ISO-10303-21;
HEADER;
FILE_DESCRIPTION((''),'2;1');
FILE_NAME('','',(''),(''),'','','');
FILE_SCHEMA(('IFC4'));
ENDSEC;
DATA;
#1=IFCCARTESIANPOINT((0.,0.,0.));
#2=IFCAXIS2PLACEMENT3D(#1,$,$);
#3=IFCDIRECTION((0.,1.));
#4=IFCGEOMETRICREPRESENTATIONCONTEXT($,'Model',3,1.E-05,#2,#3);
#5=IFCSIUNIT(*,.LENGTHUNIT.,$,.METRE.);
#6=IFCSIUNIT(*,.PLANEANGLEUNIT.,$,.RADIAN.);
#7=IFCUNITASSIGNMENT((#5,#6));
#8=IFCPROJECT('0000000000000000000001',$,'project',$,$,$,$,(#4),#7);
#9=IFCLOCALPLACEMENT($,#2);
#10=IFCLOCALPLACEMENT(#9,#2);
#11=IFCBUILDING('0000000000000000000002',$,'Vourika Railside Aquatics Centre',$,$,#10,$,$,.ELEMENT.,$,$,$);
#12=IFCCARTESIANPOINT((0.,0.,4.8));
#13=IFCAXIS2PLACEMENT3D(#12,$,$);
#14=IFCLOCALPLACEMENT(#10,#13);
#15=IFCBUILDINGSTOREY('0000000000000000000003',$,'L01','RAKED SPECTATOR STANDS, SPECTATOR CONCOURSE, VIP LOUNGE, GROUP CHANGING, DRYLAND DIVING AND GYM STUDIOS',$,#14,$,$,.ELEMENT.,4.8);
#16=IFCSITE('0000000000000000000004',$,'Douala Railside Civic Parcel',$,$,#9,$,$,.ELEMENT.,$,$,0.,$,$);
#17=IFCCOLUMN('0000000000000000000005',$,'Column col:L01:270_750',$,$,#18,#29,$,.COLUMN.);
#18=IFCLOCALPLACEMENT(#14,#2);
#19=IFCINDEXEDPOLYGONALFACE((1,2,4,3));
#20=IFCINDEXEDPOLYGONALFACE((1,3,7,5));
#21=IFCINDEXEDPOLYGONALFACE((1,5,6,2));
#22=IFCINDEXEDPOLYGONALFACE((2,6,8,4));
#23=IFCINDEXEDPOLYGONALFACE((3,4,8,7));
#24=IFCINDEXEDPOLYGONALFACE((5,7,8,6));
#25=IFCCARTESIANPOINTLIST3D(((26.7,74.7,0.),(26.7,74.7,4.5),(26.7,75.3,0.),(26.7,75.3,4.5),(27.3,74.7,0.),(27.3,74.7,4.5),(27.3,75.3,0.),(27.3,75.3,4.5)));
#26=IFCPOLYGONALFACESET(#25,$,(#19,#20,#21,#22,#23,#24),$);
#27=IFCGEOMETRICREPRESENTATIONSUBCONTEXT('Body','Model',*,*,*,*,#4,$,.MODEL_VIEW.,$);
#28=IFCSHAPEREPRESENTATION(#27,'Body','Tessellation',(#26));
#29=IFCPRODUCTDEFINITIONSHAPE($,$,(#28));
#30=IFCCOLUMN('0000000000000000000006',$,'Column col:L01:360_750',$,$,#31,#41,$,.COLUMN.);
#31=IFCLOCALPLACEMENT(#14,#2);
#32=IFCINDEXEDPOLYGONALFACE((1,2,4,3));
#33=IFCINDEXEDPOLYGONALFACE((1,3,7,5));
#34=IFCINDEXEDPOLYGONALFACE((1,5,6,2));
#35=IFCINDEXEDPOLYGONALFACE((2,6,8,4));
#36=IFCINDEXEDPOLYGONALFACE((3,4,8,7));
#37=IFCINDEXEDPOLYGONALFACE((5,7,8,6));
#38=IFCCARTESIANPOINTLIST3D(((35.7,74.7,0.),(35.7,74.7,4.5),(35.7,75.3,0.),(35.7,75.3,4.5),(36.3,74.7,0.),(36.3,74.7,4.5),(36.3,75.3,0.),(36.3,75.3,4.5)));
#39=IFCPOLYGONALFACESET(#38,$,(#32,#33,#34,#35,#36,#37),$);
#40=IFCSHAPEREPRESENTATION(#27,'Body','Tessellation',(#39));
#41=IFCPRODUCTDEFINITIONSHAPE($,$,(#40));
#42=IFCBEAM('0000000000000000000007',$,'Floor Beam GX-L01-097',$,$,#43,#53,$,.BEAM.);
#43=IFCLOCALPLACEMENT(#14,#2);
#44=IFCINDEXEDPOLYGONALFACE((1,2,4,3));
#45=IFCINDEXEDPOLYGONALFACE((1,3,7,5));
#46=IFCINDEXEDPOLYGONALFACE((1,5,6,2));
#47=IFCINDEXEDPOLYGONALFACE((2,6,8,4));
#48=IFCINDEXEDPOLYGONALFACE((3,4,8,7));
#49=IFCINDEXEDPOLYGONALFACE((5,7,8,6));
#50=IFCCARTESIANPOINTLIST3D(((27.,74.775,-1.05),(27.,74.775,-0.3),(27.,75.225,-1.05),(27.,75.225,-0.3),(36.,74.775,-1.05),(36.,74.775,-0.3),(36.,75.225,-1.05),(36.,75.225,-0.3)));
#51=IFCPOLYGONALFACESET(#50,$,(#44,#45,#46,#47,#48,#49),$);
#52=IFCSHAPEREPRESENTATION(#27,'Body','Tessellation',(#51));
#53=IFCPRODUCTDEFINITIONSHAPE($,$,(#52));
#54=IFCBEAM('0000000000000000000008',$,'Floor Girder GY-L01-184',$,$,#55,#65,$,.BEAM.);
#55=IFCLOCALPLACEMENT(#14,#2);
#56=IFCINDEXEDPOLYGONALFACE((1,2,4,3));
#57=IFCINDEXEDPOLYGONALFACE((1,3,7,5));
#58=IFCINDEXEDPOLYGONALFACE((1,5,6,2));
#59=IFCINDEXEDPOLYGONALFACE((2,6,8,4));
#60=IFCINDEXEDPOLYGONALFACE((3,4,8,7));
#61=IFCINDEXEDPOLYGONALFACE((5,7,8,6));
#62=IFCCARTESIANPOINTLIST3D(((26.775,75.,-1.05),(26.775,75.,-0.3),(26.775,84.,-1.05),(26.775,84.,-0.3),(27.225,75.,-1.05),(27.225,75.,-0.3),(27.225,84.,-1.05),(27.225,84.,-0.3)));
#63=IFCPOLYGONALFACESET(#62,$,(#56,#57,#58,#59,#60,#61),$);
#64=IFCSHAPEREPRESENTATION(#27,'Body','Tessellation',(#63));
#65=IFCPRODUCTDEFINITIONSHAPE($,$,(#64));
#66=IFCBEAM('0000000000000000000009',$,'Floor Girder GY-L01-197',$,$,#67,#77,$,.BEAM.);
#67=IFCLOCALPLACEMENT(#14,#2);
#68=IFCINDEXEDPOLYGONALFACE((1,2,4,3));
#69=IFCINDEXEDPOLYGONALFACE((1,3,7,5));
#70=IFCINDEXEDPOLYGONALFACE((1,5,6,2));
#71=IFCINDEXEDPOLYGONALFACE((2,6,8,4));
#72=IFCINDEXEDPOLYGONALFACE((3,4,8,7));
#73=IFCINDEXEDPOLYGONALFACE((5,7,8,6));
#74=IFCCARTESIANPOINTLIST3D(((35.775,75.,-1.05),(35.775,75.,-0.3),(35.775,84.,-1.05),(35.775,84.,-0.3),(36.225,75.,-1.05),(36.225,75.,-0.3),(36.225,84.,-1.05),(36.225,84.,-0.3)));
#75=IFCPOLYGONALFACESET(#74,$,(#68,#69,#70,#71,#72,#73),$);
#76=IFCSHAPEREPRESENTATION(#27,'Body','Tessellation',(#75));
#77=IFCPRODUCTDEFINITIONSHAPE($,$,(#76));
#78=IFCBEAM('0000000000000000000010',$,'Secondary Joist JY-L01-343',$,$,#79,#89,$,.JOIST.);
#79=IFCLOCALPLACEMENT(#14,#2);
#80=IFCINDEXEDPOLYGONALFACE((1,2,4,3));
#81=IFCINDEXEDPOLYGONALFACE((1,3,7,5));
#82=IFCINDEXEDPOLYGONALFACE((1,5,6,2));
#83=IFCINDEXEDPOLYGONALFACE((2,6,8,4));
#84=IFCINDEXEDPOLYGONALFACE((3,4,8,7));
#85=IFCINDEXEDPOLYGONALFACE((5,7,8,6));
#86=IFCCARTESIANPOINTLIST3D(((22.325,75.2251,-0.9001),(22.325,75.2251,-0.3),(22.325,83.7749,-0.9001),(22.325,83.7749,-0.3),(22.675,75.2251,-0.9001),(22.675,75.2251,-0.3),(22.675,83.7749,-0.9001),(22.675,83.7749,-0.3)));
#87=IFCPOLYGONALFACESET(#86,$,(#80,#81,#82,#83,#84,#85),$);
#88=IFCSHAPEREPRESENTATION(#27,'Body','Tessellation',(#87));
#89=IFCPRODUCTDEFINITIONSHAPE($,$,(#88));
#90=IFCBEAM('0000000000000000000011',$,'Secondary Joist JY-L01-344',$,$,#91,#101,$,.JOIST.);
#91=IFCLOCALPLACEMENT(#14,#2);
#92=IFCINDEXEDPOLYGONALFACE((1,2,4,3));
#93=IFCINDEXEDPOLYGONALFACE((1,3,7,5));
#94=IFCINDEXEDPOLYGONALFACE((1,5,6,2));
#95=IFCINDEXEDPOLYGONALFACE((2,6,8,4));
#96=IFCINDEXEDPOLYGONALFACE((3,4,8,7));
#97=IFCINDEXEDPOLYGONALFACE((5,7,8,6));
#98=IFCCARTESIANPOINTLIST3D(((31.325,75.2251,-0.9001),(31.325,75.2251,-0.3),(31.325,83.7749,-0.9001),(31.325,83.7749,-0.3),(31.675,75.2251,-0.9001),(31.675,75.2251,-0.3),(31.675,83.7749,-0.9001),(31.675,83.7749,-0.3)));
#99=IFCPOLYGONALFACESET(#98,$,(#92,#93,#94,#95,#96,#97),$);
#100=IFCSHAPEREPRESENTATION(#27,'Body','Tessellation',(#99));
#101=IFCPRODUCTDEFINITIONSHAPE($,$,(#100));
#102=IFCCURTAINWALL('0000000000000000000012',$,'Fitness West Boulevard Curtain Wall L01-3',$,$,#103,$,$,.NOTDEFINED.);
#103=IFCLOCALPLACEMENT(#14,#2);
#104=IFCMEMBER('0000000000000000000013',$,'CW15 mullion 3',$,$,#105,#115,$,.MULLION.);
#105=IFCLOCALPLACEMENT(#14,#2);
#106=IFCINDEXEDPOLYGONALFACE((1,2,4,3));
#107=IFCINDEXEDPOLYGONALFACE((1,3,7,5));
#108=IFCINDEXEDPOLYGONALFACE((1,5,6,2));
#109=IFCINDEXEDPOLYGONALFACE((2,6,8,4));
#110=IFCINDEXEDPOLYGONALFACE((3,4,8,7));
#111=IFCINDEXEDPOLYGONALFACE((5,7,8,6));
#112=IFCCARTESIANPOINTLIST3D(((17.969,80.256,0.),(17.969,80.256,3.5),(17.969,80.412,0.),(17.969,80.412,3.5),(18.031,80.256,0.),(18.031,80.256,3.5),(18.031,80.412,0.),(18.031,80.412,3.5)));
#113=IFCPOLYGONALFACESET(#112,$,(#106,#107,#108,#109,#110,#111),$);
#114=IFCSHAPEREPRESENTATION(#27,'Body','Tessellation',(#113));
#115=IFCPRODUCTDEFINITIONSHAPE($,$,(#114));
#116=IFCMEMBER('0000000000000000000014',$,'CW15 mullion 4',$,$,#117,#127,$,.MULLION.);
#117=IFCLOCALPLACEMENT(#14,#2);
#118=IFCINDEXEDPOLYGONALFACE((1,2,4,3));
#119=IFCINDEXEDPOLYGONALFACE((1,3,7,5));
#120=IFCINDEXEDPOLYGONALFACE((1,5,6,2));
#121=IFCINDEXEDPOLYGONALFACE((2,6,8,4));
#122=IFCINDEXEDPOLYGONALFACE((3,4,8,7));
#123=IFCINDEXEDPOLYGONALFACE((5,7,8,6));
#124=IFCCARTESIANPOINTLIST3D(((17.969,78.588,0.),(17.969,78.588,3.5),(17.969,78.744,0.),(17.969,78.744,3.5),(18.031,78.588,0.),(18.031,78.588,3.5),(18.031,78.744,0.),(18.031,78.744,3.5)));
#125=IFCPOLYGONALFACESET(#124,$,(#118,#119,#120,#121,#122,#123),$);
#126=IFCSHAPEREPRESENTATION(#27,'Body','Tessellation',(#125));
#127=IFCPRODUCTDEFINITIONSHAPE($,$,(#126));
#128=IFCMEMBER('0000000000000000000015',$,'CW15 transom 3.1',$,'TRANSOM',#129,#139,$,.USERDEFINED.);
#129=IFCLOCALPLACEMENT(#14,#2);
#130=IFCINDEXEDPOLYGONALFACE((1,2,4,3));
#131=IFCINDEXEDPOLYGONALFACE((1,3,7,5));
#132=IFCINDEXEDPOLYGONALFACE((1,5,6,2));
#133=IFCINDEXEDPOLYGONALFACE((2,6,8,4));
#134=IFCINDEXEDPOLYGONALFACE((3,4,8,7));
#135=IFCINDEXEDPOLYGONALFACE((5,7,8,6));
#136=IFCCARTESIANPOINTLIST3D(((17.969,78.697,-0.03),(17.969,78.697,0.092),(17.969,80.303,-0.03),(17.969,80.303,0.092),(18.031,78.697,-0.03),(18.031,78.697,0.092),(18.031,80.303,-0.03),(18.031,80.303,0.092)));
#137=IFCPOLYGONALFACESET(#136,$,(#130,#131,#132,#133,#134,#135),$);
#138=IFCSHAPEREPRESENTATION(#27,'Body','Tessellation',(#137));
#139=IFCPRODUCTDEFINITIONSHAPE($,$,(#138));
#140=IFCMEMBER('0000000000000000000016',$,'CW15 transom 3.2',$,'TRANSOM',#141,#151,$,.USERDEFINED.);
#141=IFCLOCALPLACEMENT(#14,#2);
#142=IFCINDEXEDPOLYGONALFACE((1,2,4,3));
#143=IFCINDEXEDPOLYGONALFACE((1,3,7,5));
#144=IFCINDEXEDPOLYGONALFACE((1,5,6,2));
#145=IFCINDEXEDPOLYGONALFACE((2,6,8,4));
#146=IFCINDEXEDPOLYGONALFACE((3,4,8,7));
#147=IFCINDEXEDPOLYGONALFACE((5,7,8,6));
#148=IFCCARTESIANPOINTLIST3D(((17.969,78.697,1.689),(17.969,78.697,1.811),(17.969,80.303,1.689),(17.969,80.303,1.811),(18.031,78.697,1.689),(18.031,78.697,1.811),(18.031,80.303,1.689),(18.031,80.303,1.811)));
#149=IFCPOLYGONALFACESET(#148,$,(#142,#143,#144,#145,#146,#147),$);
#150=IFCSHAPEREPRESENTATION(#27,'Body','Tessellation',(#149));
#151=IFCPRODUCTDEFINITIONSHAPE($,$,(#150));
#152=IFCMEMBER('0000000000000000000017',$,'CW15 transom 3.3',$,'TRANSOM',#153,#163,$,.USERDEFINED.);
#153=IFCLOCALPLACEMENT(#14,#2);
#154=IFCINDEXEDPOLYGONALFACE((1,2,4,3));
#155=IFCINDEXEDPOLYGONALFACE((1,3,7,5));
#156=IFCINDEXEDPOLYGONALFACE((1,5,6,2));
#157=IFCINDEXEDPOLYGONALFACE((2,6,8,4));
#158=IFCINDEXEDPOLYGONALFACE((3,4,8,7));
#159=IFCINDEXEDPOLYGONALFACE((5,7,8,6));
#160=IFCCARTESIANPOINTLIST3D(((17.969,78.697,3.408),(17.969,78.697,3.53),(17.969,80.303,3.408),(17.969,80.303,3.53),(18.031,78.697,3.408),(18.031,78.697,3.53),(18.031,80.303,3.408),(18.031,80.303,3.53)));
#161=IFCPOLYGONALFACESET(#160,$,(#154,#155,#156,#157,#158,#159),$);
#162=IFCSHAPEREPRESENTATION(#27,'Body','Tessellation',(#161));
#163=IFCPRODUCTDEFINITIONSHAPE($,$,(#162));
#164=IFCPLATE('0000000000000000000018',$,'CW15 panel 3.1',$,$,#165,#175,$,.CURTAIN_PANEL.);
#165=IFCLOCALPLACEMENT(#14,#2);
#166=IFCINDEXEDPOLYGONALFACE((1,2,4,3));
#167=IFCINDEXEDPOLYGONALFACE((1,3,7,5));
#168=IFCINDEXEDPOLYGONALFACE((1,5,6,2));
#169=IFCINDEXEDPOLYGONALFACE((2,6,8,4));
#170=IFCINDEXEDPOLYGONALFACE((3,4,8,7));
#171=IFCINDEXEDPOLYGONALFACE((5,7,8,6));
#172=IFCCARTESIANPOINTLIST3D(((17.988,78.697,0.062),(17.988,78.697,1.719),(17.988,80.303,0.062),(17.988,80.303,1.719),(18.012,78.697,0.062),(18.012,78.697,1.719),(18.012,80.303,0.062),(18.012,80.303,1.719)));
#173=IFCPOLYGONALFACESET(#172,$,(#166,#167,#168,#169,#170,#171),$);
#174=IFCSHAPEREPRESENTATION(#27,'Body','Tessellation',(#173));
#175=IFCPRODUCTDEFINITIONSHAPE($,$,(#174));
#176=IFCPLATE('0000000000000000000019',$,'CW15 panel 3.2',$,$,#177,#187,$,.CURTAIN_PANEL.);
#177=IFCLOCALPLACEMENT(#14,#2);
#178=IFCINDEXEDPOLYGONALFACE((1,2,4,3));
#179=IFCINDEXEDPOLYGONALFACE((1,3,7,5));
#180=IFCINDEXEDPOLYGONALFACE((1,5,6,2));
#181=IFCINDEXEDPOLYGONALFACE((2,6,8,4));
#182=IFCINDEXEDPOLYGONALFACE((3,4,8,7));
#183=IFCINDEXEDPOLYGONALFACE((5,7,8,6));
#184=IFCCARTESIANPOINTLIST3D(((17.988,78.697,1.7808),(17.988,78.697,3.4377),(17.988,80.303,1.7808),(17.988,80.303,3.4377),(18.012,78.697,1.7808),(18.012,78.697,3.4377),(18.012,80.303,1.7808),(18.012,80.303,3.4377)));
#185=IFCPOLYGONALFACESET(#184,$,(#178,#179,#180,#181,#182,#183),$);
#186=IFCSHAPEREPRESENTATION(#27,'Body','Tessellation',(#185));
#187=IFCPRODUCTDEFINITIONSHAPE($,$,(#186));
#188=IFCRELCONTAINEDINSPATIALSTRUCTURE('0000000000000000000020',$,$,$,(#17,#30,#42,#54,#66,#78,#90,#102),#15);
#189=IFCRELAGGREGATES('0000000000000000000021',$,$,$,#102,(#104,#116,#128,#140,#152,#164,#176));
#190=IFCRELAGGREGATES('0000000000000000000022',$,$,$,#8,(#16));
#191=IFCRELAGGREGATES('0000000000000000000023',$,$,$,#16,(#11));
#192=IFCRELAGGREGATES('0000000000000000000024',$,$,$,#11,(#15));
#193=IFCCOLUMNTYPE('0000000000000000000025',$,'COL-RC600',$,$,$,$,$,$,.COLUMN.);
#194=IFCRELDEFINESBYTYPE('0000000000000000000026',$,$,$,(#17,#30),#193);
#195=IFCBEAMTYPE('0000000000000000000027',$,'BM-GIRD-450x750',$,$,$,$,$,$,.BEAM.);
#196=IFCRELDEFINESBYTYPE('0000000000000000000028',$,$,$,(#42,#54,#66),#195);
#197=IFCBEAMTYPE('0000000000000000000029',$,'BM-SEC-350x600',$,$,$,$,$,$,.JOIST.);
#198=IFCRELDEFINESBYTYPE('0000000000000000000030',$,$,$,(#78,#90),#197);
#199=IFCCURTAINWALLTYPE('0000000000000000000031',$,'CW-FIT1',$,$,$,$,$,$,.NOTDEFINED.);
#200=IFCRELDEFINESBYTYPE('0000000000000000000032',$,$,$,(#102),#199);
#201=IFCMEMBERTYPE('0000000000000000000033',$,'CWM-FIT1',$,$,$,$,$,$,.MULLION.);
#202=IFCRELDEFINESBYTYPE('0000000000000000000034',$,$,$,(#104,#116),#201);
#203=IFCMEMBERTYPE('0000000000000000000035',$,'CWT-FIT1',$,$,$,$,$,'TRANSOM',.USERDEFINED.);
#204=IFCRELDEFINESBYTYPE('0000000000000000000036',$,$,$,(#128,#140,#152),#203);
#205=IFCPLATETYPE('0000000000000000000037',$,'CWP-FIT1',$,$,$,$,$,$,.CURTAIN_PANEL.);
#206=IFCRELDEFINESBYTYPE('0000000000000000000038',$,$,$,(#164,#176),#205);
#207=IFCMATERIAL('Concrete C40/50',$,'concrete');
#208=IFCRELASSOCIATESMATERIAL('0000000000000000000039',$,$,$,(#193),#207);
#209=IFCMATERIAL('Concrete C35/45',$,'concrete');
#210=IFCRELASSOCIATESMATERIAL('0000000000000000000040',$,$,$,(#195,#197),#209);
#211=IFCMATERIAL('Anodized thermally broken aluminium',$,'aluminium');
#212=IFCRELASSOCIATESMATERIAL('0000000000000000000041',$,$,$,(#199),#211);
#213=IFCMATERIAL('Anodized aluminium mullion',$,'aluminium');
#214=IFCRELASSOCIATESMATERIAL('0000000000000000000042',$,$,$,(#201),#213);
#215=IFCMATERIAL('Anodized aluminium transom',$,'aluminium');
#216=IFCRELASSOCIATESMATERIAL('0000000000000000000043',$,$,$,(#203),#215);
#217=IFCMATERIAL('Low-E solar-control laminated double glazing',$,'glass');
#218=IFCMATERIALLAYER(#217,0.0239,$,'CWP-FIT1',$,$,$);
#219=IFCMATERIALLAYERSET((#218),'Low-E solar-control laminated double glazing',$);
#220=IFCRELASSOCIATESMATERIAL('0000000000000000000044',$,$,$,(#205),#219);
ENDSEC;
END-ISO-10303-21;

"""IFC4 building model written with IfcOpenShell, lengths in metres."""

from ifc_helpers import new_model, si_unit, direction, frame, origin, origin_2d, place, context, subcontext, project, spatial, rectangle, extrude, material, layer, layer_set, material_profile, profile_set, type_object, element, aggregate, save


model = new_model("IFC4")

# Units and contexts
model_context = context("Model", 3, precision=1e-05, world=origin(), true_north=direction((0.0, 1.0)))
body_context = subcontext(model_context, "Body", "Model", "MODEL_VIEW")
ifc_project = project(units=[si_unit("LENGTHUNIT", "METRE"), si_unit("PLANEANGLEUNIT", "RADIAN")], contexts=[model_context])

# Site, building, storey
site_placement = place(None, origin())
site = spatial("IfcSite", under=ifc_project, at=site_placement, Name="Douala Railside Civic Parcel", CompositionType="ELEMENT", RefElevation=0.0)
building_placement = place(site_placement, origin())
building = spatial("IfcBuilding", under=site, at=building_placement, Name="Vourika Railside Aquatics Centre", CompositionType="ELEMENT")
storey_placement = place(building_placement, frame((0.0, 0.0, 4.8)))
storey = spatial("IfcBuildingStorey", under=building, at=storey_placement, Name="L01", Description="RAKED SPECTATOR STANDS, SPECTATOR CONCOURSE, VIP LOUNGE, GROUP CHANGING, DRYLAND DIVING AND GYM STUDIOS", CompositionType="ELEMENT", Elevation=4.8)

# Columns
ifc_material_1 = material(Name="Concrete C40/50", Category="concrete")
ifc_material_profile_1 = material_profile(ifc_material_1, rectangle(XDim=0.6001, YDim=0.6001, at=origin_2d()), Name="RC 600x600")
ifc_profile_set_1 = profile_set([ifc_material_profile_1], Name="Concrete C40/50")
column_type = type_object("IfcColumnType", Name="COL-RC600", PredefinedType="COLUMN", material=ifc_profile_set_1)
for number, where, z_axis, x_axis, name in (
    (1, (27.0, 75.0, 0.0), (0.0, 0.0, 1.0), (1.0, 0.0, 0.0), "Column col:L01:270_750"),
    (2, (36.0, 75.0, 0.0), (0.0, 0.0, 1.0), (1.0, 0.0, 0.0), "Column col:L01:360_750"),
):
    element("IfcColumn", number, at=place(storey_placement, frame(where, z_axis=z_axis, x_axis=x_axis)), inside=storey, type_object=column_type, Name=name, PredefinedType="COLUMN", context=body_context, shape_type="SweptSolid", body=[
        extrude(rectangle(XDim=0.6001, YDim=0.6001, at=origin_2d()), origin(), (0.0, 0.0, 1.0), 4.5),
    ])

# Beams
ifc_material_2 = material(Name="Concrete C35/45", Category="concrete")
ifc_material_profile_2 = material_profile(ifc_material_2, rectangle(XDim=0.45, YDim=0.75, at=origin_2d()), Name="RC 450x750")
ifc_profile_set_2 = profile_set([ifc_material_profile_2], Name="Concrete C35/45")
beam_type_1 = type_object("IfcBeamType", Name="BM-GIRD-450x750", PredefinedType="BEAM", material=ifc_profile_set_2)
for number, where, z_axis, x_axis, name in (
    (3, (27.0, 75.0, -0.675), (1.0, 0.0, 0.0), (0.0, 1.0, 0.0), "Floor Beam GX-L01-097"),
    (4, (27.0, 75.0, -0.675), (0.0, 1.0, 0.0), (-1.0, 0.0, 0.0), "Floor Girder GY-L01-184"),
    (5, (36.0, 75.0, -0.675), (0.0, 1.0, 0.0), (-1.0, 0.0, 0.0), "Floor Girder GY-L01-197"),
):
    element("IfcBeam", number, at=place(storey_placement, frame(where, z_axis=z_axis, x_axis=x_axis)), inside=storey, type_object=beam_type_1, Name=name, PredefinedType="BEAM", context=body_context, shape_type="SweptSolid", body=[
        extrude(rectangle(XDim=0.45, YDim=0.75, at=origin_2d()), origin(), (0.0, 0.0, 1.0), 9.0),
    ])
ifc_material_profile_3 = material_profile(ifc_material_2, rectangle(XDim=0.3501, YDim=0.6001, at=origin_2d()), Name="RC 350x600")
ifc_profile_set_3 = profile_set([ifc_material_profile_3], Name="Concrete C35/45")
beam_type_2 = type_object("IfcBeamType", Name="BM-SEC-350x600", PredefinedType="JOIST", material=ifc_profile_set_3)
for number, where, z_axis, x_axis, name in (
    (6, (22.5, 75.2251, -0.6001), (0.0, 1.0, 0.0), (-1.0, 0.0, 0.0), "Secondary Joist JY-L01-343"),
    (7, (31.5, 75.2251, -0.6001), (0.0, 1.0, 0.0), (-1.0, 0.0, 0.0), "Secondary Joist JY-L01-344"),
):
    element("IfcBeam", number, at=place(storey_placement, frame(where, z_axis=z_axis, x_axis=x_axis)), inside=storey, type_object=beam_type_2, Name=name, PredefinedType="JOIST", context=body_context, shape_type="SweptSolid", body=[
        extrude(rectangle(XDim=0.3501, YDim=0.6001, at=origin_2d()), origin(), (0.0, 0.0, 1.0), 8.5498),
    ])

# Curtain wall, members, plates
ifc_material_3 = material(Name="Anodized thermally broken aluminium", Category="aluminium")
curtain_wall_type = type_object("IfcCurtainWallType", Name="CW-FIT1", PredefinedType="NOTDEFINED", material=ifc_material_3)
curtain_wall_placement = place(storey_placement, origin())
curtain_wall = element("IfcCurtainWall", 8, at=curtain_wall_placement, inside=storey, type_object=curtain_wall_type, Name="Fitness West Boulevard Curtain Wall L01-3", PredefinedType="NOTDEFINED")
ifc_material_4 = material(Name="Anodized aluminium mullion", Category="aluminium")
ifc_material_profile_4 = material_profile(ifc_material_4, rectangle(XDim=0.062, YDim=0.156, at=origin_2d()), Name="ALU-M 62x156")
ifc_profile_set_4 = profile_set([ifc_material_profile_4], Name="Anodized aluminium mullion")
member_type_1 = type_object("IfcMemberType", Name="CWM-FIT1", PredefinedType="MULLION", material=ifc_profile_set_4)
member_1_placement = place(storey_placement, frame((18.0, 80.334, 0.0), z_axis=(0.0, 0.0, 1.0), x_axis=(1.0, 0.0, 0.0)))
member_1 = element("IfcMember", 9, at=member_1_placement, type_object=member_type_1, Name="CW15 mullion 3", PredefinedType="MULLION", context=body_context, shape_type="SweptSolid", body=[
    extrude(rectangle(XDim=0.062, YDim=0.156, at=origin_2d()), origin(), (0.0, 0.0, 1.0), 3.5),
])
member_2_placement = place(storey_placement, frame((18.0, 78.666, 0.0), z_axis=(0.0, 0.0, 1.0), x_axis=(1.0, 0.0, 0.0)))
member_2 = element("IfcMember", 10, at=member_2_placement, type_object=member_type_1, Name="CW15 mullion 4", PredefinedType="MULLION", context=body_context, shape_type="SweptSolid", body=[
    extrude(rectangle(XDim=0.062, YDim=0.156, at=origin_2d()), origin(), (0.0, 0.0, 1.0), 3.5),
])
ifc_material_5 = material(Name="Anodized aluminium transom", Category="aluminium")
ifc_material_profile_5 = material_profile(ifc_material_5, rectangle(XDim=0.062, YDim=0.1221, at=origin_2d()), Name="ALU-T 62x122")
ifc_profile_set_5 = profile_set([ifc_material_profile_5], Name="Anodized aluminium transom")
member_type_2 = type_object("IfcMemberType", Name="CWT-FIT1", ElementType="TRANSOM", PredefinedType="USERDEFINED", material=ifc_profile_set_5)
member_3_placement = place(storey_placement, frame((18.0, 80.303, 0.031), z_axis=(0.0, -1.0, 0.0), x_axis=(1.0, 0.0, 0.0)))
member_3 = element("IfcMember", 11, at=member_3_placement, type_object=member_type_2, Name="CW15 transom 3.1", ObjectType="TRANSOM", PredefinedType="USERDEFINED", context=body_context, shape_type="SweptSolid", body=[
    extrude(rectangle(XDim=0.062, YDim=0.1221, at=origin_2d()), origin(), (0.0, 0.0, 1.0), 1.606),
])
member_4_placement = place(storey_placement, frame((18.0, 80.303, 1.75), z_axis=(0.0, -1.0, 0.0), x_axis=(1.0, 0.0, 0.0)))
member_4 = element("IfcMember", 12, at=member_4_placement, type_object=member_type_2, Name="CW15 transom 3.2", ObjectType="TRANSOM", PredefinedType="USERDEFINED", context=body_context, shape_type="SweptSolid", body=[
    extrude(rectangle(XDim=0.062, YDim=0.1221, at=origin_2d()), origin(), (0.0, 0.0, 1.0), 1.606),
])
member_5_placement = place(storey_placement, frame((18.0, 80.303, 3.469), z_axis=(0.0, -1.0, 0.0), x_axis=(1.0, 0.0, 0.0)))
member_5 = element("IfcMember", 13, at=member_5_placement, type_object=member_type_2, Name="CW15 transom 3.3", ObjectType="TRANSOM", PredefinedType="USERDEFINED", context=body_context, shape_type="SweptSolid", body=[
    extrude(rectangle(XDim=0.062, YDim=0.1221, at=origin_2d()), origin(), (0.0, 0.0, 1.0), 1.606),
])
ifc_material_6 = material(Name="Low-E solar-control laminated double glazing", Category="glass")
ifc_layer_1 = layer(ifc_material_6, 0.0239, Name="CWP-FIT1")
ifc_layer_set_1 = layer_set([ifc_layer_1], Name="Low-E solar-control laminated double glazing")
plate_type = type_object("IfcPlateType", Name="CWP-FIT1", PredefinedType="CURTAIN_PANEL", material=ifc_layer_set_1)
plate_1_placement = place(storey_placement, frame((18.0, 79.5, 0.062), z_axis=(0.0, 0.0, 1.0), x_axis=(0.0, -1.0, 0.0)))
plate_1 = element("IfcPlate", 14, at=plate_1_placement, type_object=plate_type, Name="CW15 panel 3.1", PredefinedType="CURTAIN_PANEL", context=body_context, shape_type="SweptSolid", body=[
    extrude(rectangle(XDim=1.606, YDim=0.0239, at=origin_2d()), origin(), (0.0, 0.0, 1.0), 1.657),
])
plate_2_placement = place(storey_placement, frame((18.0, 79.5, 1.7808), z_axis=(0.0, 0.0, 1.0), x_axis=(0.0, -1.0, 0.0)))
plate_2 = element("IfcPlate", 15, at=plate_2_placement, type_object=plate_type, Name="CW15 panel 3.2", PredefinedType="CURTAIN_PANEL", context=body_context, shape_type="SweptSolid", body=[
    extrude(rectangle(XDim=1.606, YDim=0.0239, at=origin_2d()), origin(), (0.0, 0.0, 1.0), 1.657),
])
aggregate(curtain_wall, [member_1, member_2, member_3, member_4, member_5, plate_1, plate_2])

save(model, "model.ifc")
